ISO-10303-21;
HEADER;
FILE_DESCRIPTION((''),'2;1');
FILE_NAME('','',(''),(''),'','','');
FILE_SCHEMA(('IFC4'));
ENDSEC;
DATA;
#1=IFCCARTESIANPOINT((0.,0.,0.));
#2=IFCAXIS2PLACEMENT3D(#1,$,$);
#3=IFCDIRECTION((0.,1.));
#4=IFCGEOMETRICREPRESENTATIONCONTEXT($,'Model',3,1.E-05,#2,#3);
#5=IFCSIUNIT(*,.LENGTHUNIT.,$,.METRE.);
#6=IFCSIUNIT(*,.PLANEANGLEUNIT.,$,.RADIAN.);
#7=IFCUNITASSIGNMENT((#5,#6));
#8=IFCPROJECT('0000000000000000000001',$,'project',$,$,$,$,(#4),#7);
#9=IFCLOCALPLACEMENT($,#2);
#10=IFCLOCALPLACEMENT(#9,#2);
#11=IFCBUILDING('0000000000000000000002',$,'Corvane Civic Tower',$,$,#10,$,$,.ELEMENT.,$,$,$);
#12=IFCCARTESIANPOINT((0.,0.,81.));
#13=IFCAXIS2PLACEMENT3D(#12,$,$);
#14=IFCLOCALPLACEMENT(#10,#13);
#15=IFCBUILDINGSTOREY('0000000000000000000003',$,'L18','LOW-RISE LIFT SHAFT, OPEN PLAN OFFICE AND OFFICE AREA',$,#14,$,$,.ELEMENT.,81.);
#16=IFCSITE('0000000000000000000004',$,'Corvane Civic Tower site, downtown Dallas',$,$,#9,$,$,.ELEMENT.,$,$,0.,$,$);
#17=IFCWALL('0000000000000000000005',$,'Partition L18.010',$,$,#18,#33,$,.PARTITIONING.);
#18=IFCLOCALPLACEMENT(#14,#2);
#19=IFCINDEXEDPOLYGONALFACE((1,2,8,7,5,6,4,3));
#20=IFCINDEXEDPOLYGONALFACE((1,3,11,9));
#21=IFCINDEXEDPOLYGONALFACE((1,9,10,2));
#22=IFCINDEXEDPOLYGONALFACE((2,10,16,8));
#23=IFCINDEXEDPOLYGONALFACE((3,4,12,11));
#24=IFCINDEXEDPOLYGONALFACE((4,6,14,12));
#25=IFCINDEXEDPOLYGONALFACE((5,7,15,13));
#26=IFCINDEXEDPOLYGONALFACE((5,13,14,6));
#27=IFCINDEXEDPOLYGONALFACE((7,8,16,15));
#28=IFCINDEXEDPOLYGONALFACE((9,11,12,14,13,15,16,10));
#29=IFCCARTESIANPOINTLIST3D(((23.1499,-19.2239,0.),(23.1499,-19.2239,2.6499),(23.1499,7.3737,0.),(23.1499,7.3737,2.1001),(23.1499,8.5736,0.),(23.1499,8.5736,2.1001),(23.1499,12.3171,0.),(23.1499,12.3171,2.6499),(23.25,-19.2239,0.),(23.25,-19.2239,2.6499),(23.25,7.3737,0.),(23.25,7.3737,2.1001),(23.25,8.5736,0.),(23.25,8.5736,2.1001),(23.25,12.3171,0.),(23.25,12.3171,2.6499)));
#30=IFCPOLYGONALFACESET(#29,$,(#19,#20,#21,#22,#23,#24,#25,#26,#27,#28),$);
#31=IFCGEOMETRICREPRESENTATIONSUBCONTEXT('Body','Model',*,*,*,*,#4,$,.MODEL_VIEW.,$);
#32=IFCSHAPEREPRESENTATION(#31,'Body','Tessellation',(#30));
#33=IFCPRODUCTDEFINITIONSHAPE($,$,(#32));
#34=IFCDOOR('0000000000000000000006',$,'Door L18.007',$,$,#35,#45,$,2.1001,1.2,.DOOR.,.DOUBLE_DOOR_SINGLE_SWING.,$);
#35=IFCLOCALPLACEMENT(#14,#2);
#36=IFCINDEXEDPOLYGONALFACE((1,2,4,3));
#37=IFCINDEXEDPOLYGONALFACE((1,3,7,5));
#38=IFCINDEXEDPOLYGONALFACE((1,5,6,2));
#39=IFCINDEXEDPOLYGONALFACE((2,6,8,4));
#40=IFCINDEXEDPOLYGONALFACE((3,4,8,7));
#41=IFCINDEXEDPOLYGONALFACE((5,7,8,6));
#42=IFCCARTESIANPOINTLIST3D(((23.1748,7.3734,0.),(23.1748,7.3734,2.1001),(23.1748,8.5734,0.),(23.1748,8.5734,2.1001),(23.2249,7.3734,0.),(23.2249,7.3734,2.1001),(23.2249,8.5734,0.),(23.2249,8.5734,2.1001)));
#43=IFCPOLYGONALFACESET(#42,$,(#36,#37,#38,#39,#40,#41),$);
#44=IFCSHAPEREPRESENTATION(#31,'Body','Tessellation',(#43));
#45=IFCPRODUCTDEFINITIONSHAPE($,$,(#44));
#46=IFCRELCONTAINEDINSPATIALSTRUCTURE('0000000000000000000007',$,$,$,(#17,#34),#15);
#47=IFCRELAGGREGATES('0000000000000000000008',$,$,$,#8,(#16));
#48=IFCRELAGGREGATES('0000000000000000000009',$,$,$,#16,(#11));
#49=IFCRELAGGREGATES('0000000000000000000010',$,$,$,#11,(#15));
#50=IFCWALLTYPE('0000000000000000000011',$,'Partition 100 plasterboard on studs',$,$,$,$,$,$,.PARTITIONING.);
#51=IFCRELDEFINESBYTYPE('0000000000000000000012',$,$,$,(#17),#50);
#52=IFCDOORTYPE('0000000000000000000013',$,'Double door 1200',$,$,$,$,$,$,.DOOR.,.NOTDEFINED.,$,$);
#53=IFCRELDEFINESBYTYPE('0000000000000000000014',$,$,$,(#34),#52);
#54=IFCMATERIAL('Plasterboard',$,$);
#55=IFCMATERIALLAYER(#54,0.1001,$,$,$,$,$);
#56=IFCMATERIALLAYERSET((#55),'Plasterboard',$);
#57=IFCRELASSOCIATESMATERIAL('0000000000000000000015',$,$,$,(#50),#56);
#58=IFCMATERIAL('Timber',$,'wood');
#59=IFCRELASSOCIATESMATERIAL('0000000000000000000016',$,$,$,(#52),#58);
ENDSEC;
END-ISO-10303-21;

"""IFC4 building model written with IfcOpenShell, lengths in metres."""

from ifc_helpers import new_model, si_unit, direction, frame, frame_2d, origin, place, context, subcontext, project, spatial, rectangle, extrude, material, layer, layer_set, type_object, element, fill, save


model = new_model("IFC4")

# Units and contexts
model_context = context("Model", 3, precision=1e-05, world=origin(), true_north=direction((0.0, 1.0)))
body_context = subcontext(model_context, "Body", "Model", "MODEL_VIEW")
ifc_project = project(units=[si_unit("LENGTHUNIT", "METRE"), si_unit("PLANEANGLEUNIT", "RADIAN")], contexts=[model_context])

# Site, building, storey
site_placement = place(None, origin())
site = spatial("IfcSite", under=ifc_project, at=site_placement, Name="Corvane Civic Tower site, downtown Dallas", CompositionType="ELEMENT", RefElevation=0.0)
building_placement = place(site_placement, origin())
building = spatial("IfcBuilding", under=site, at=building_placement, Name="Corvane Civic Tower", CompositionType="ELEMENT")
storey_placement = place(building_placement, frame((0.0, 0.0, 81.0)))
storey = spatial("IfcBuildingStorey", under=building, at=storey_placement, Name="L18", Description="LOW-RISE LIFT SHAFT, OPEN PLAN OFFICE AND OFFICE AREA", CompositionType="ELEMENT", Elevation=81.0)

# Shared definitions
ifc_material_1 = material(Name="Plasterboard")
ifc_layer_1 = layer(ifc_material_1, 0.1001)
ifc_layer_set_1 = layer_set([ifc_layer_1], Name="Plasterboard")
wall_type = type_object("IfcWallType", Name="Partition 100 plasterboard on studs", PredefinedType="PARTITIONING", material=ifc_layer_set_1)

# Wall, opening, door
wall_1_placement = place(storey_placement, frame((23.2, -19.2239, 0.0), z_axis=(0.0, 0.0, 1.0), x_axis=(0.0, 1.0, 0.0)))
wall_1 = element("IfcWall", 1, at=wall_1_placement, inside=storey, type_object=wall_type, Name="Partition L18.010", PredefinedType="PARTITIONING", context=body_context, shape_type="SweptSolid", body=[
    extrude(rectangle(XDim=31.541, YDim=0.1001, at=frame_2d((15.7705, 0.0))), origin(), (0.0, 0.0, 1.0), 2.6499),
])
opening_placement = place(wall_1_placement, frame((26.5974, 0.0, 0.0)))
opening = element("IfcOpeningElement", 2, at=opening_placement, cuts=wall_1, PredefinedType="OPENING", context=body_context, shape_type="SweptSolid", body=[
    extrude(rectangle(XDim=1.2, YDim=2.1001, at=frame_2d((0.6001, 1.05))), frame((0.0, 0.0601, 0.0), z_axis=(0.0, -1.0, 0.0), x_axis=(1.0, 0.0, 0.0)), (0.0, 0.0, 1.0), 0.1201),
])
ifc_material_2 = material(Name="Timber", Category="wood")
door_type = type_object("IfcDoorType", Name="Double door 1200", OperationType="NOTDEFINED", PredefinedType="DOOR", material=ifc_material_2)
door_placement = place(opening_placement, frame((1.2, 0.0, 0.0), z_axis=(0.0, 0.0, 1.0), x_axis=(-1.0, 0.0, 0.0)))
door = element("IfcDoor", 3, at=door_placement, inside=storey, type_object=door_type, Name="Door L18.007", OperationType="DOUBLE_DOOR_SINGLE_SWING", OverallHeight=2.1001, OverallWidth=1.2, PredefinedType="DOOR", context=body_context, shape_type="SweptSolid", body=[
    extrude(rectangle(XDim=1.2, YDim=2.1001, at=frame_2d((0.6001, 1.05))), frame((0.0, 0.0249, 0.0), z_axis=(0.0, -1.0, 0.0), x_axis=(1.0, 0.0, 0.0)), (0.0, 0.0, 1.0), 0.05),
])
fill(opening, door)

save(model, "model.ifc")
